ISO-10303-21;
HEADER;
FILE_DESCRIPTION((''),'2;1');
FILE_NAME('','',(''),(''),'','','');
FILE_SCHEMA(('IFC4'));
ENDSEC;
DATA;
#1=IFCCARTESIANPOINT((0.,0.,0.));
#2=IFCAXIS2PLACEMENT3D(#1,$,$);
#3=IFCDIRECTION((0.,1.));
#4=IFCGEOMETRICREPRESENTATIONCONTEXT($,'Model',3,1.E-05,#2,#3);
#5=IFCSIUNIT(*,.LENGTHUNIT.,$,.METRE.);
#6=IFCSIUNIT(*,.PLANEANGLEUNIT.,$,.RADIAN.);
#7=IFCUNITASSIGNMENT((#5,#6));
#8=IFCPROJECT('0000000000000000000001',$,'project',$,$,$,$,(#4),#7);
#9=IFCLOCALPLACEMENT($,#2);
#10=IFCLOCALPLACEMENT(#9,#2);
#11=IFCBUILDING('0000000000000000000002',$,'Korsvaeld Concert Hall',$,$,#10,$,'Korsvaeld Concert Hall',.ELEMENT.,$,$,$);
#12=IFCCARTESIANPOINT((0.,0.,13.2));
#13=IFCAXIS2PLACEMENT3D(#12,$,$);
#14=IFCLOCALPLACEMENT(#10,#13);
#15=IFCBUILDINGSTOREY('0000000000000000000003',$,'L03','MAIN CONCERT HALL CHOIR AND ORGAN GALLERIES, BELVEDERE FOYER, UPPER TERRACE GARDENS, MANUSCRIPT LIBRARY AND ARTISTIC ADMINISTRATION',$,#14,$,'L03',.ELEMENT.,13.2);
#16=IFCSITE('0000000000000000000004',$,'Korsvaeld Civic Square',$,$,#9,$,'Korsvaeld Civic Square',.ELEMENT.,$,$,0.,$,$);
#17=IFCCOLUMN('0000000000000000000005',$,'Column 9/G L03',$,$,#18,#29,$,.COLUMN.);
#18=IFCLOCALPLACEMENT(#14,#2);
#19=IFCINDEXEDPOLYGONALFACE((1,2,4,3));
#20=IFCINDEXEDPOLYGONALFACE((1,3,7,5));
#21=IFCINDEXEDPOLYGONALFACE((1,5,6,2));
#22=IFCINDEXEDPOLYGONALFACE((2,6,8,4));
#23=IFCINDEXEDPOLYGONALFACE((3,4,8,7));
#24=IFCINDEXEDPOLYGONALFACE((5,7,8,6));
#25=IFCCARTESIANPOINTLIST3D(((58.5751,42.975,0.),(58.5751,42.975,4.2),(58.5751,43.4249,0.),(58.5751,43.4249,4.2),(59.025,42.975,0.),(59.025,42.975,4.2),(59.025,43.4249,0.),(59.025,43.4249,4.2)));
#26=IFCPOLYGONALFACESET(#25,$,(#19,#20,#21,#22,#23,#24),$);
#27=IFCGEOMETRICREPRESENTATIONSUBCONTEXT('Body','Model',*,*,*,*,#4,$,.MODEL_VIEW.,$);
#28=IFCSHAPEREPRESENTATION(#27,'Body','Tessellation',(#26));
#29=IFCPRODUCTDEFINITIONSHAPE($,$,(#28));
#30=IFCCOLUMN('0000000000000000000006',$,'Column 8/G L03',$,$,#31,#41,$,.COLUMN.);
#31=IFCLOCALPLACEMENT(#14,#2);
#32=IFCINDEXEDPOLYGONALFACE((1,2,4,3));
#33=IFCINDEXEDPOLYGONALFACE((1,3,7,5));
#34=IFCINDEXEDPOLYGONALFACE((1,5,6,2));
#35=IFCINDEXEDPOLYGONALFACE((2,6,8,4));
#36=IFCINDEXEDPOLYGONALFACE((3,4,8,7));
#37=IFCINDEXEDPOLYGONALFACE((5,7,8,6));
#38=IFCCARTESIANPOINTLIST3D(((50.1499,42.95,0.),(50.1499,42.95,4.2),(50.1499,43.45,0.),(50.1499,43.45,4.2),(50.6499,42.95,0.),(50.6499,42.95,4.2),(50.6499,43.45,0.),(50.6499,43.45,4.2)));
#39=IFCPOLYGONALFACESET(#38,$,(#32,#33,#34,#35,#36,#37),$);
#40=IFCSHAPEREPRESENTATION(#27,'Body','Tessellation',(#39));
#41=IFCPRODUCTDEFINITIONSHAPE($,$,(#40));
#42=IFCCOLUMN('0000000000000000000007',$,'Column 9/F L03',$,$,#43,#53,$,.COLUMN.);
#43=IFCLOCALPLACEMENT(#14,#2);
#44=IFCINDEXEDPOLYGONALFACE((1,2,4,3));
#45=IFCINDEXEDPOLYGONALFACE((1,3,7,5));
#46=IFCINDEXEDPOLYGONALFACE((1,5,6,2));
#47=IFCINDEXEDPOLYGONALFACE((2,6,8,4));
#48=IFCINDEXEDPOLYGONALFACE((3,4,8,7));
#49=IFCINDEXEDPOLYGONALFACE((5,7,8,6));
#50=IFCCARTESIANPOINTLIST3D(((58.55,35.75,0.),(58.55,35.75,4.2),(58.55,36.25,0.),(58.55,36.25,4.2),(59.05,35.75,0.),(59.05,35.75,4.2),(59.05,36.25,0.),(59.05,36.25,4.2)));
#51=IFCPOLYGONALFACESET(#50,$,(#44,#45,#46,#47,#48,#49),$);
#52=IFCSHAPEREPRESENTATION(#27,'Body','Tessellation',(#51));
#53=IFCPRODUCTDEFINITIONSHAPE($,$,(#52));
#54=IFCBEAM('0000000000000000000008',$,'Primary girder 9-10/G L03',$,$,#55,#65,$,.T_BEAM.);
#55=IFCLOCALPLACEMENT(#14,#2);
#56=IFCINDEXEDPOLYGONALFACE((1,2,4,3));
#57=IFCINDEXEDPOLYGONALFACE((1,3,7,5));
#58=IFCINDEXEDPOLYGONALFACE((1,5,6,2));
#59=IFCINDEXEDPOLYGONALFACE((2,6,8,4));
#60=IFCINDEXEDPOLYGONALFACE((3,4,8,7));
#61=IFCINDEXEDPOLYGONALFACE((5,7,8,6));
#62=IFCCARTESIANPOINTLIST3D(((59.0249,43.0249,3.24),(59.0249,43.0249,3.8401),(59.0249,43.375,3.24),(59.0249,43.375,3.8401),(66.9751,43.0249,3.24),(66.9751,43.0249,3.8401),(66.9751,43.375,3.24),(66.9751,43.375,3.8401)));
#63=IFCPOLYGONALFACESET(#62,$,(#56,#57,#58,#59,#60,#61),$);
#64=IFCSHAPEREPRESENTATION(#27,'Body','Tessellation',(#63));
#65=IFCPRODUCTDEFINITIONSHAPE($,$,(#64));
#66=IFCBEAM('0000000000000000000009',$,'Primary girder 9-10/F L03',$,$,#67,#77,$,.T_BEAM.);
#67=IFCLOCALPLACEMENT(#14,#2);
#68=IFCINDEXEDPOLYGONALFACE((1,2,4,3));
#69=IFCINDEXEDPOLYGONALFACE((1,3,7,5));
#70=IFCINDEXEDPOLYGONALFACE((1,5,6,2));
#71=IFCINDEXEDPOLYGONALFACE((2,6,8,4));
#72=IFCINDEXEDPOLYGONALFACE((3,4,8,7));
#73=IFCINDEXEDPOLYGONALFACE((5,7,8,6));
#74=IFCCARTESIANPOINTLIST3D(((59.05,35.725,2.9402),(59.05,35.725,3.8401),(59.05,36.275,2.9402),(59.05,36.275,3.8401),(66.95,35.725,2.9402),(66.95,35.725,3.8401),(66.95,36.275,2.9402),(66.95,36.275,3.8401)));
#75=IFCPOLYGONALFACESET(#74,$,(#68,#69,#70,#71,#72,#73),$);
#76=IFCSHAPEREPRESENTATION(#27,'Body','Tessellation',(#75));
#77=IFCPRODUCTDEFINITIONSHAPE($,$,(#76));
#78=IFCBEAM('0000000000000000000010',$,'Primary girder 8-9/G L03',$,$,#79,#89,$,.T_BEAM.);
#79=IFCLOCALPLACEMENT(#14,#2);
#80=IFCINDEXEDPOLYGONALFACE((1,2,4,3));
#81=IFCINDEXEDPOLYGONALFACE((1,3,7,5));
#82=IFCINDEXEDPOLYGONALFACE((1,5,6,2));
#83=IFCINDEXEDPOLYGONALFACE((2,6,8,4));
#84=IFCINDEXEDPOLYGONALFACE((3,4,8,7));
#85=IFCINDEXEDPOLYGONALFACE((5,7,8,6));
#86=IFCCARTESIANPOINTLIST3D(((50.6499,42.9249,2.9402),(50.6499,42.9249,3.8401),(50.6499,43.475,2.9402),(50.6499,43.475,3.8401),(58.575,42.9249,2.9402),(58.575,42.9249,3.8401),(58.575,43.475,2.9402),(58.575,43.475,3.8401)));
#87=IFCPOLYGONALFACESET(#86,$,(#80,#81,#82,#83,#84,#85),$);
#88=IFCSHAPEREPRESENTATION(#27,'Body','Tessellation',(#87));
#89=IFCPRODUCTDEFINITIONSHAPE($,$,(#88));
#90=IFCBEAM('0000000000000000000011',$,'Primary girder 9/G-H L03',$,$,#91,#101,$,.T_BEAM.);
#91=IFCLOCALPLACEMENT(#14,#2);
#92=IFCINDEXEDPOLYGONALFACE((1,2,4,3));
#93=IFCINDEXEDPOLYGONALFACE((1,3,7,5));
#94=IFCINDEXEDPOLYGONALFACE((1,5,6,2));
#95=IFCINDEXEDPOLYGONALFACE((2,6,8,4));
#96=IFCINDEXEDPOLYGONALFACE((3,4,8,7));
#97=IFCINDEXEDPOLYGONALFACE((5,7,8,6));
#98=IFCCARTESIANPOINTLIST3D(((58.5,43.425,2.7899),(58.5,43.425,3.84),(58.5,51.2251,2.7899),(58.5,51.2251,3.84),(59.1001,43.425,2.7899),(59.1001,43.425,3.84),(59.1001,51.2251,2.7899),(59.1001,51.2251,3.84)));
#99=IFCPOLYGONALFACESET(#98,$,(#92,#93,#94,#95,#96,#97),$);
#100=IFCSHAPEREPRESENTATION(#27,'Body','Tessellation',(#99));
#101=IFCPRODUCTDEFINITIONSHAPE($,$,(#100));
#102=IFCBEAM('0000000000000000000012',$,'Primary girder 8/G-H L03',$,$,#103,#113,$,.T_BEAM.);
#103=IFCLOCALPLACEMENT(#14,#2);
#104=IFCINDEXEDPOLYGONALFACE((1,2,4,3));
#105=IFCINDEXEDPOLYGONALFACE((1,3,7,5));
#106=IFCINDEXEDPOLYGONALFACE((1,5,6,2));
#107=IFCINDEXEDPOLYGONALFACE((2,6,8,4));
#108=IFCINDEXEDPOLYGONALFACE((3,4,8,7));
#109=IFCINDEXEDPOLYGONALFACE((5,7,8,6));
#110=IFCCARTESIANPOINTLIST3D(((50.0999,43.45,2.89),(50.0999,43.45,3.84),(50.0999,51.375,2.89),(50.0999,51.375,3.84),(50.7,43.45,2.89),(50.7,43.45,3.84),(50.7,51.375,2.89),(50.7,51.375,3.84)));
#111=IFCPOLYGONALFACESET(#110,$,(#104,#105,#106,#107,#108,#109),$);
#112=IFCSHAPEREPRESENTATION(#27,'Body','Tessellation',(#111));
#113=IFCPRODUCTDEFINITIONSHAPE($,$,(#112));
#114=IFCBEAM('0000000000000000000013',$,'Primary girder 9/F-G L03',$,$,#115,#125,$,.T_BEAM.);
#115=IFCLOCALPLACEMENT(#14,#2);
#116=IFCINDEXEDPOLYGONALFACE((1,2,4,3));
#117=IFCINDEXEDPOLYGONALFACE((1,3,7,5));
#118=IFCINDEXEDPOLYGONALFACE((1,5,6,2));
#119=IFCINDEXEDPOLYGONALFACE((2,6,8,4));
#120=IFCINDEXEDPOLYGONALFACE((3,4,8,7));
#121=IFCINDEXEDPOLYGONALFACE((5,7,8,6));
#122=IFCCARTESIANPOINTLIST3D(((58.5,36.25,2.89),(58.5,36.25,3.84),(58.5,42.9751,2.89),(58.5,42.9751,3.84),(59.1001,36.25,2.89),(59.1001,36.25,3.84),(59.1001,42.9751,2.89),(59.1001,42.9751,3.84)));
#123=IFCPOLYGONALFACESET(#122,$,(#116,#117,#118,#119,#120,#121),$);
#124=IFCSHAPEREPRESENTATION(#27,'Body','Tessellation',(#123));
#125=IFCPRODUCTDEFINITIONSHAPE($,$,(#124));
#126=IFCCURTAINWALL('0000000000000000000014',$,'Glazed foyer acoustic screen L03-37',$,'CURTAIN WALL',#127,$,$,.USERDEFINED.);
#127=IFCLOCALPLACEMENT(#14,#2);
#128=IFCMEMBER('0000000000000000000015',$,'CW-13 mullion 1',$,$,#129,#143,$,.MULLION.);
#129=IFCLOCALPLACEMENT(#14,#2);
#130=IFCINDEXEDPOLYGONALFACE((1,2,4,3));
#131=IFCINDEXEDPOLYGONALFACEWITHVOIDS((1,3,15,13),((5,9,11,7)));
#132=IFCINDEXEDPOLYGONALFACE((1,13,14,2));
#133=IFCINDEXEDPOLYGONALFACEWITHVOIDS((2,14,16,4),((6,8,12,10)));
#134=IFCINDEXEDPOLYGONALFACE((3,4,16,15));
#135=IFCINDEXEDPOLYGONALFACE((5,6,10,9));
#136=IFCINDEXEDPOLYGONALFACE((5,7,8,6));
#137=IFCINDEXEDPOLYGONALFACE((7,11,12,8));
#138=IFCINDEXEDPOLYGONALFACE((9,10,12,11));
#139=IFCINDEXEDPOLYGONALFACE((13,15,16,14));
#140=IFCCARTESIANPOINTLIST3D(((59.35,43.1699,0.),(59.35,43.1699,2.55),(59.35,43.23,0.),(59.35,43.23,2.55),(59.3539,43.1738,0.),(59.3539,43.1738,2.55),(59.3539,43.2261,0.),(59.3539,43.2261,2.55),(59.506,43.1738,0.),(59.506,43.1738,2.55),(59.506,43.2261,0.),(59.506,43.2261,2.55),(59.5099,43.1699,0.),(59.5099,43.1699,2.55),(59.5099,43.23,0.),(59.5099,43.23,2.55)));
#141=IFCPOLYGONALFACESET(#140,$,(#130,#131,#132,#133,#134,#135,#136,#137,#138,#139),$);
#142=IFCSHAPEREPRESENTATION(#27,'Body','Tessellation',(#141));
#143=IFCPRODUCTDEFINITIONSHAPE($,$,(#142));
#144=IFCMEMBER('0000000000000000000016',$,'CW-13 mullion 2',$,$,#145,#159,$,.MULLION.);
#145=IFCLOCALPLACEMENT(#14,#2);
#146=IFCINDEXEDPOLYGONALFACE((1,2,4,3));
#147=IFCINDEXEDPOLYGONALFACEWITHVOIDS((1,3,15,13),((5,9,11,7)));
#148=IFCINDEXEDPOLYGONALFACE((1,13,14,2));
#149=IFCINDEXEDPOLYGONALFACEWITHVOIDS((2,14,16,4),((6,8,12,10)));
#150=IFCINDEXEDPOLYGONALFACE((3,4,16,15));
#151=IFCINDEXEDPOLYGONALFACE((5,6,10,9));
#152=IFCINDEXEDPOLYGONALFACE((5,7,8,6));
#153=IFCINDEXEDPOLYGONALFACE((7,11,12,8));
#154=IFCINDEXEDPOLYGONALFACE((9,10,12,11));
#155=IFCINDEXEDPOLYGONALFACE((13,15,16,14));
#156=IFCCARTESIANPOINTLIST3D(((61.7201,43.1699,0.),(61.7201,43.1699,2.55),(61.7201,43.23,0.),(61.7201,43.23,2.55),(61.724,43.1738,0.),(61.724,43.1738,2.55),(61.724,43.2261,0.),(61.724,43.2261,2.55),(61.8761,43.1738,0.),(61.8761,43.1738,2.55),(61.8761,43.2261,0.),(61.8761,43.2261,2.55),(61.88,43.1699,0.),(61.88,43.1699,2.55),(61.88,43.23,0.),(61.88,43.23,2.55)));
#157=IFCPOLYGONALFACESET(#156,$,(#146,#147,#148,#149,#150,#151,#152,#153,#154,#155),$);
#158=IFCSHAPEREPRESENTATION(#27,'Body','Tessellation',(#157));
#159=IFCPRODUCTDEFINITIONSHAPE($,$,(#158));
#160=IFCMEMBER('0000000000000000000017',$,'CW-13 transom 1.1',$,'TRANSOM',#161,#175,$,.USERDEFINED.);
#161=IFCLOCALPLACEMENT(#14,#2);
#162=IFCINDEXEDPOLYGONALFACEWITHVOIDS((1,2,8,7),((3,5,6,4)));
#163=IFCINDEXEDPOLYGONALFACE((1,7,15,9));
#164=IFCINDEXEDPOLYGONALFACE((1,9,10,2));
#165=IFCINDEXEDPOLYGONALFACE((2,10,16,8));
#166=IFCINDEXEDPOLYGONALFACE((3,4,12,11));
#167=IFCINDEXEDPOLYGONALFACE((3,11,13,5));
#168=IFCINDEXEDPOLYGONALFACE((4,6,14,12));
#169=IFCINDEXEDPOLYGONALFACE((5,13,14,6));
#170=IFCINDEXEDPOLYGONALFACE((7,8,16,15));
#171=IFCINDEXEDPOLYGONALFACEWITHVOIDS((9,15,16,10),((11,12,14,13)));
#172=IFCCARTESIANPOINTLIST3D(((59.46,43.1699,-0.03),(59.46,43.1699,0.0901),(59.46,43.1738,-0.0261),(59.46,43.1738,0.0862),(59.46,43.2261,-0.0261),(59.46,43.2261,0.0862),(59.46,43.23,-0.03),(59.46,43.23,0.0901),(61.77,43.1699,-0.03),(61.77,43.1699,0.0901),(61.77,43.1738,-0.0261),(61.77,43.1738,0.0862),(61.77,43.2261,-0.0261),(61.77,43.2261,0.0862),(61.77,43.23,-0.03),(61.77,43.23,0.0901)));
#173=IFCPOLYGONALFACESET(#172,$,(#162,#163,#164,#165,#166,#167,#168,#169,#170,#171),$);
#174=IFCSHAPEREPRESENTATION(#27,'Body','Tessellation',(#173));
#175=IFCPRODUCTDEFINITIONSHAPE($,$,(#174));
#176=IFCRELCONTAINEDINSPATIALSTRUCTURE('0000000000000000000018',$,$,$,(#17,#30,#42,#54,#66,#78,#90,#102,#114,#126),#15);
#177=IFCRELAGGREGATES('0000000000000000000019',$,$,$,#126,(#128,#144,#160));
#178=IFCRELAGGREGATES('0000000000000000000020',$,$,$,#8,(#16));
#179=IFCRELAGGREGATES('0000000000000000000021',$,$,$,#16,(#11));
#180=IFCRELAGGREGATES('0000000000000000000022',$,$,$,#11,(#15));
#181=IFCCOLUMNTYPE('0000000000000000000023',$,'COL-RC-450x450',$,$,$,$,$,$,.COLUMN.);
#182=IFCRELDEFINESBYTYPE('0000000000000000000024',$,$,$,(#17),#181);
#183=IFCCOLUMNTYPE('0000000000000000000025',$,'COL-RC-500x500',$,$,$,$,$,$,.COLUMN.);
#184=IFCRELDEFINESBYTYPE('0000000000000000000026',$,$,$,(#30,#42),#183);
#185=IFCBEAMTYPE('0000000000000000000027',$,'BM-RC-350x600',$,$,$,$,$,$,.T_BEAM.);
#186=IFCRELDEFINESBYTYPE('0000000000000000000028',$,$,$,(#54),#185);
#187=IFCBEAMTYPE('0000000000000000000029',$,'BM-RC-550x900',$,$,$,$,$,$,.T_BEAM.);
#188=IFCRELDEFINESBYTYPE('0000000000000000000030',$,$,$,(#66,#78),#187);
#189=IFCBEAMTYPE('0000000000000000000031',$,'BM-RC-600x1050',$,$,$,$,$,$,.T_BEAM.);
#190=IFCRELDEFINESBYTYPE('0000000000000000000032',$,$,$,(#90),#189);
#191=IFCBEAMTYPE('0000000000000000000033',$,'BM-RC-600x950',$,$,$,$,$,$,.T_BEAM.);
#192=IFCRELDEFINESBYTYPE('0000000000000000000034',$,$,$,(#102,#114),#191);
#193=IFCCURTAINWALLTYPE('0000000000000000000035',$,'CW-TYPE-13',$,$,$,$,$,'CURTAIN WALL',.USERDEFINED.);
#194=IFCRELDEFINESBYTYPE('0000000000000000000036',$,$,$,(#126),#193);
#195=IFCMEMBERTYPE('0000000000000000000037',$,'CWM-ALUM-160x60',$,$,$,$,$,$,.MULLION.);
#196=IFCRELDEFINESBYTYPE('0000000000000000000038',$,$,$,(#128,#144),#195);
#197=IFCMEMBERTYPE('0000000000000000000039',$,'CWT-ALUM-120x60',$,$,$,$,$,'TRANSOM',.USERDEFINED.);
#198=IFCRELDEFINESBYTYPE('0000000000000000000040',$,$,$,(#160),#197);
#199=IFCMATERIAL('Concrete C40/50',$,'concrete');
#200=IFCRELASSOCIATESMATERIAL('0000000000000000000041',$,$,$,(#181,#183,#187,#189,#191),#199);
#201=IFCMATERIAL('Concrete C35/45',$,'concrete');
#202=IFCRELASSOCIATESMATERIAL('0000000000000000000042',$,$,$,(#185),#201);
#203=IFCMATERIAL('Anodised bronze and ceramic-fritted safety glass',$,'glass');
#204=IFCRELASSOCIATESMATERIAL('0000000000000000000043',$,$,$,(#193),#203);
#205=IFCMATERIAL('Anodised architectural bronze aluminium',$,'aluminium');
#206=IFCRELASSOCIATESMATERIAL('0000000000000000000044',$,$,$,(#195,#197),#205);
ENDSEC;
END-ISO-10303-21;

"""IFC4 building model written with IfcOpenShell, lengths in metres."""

from ifc_helpers import new_model, si_unit, direction, frame, origin, origin_2d, place, context, subcontext, project, spatial, rectangle, hollow_rectangle, extrude, material, material_profile, profile_set, type_object, element, aggregate, save


model = new_model("IFC4")

# Units and contexts
model_context = context("Model", 3, precision=1e-05, world=origin(), true_north=direction((0.0, 1.0)))
body_context = subcontext(model_context, "Body", "Model", "MODEL_VIEW")
ifc_project = project(units=[si_unit("LENGTHUNIT", "METRE"), si_unit("PLANEANGLEUNIT", "RADIAN")], contexts=[model_context])

# Site, building, storey
site_placement = place(None, origin())
site = spatial("IfcSite", under=ifc_project, at=site_placement, Name="Korsvaeld Civic Square", LongName="Korsvaeld Civic Square", CompositionType="ELEMENT", RefElevation=0.0)
building_placement = place(site_placement, origin())
building = spatial("IfcBuilding", under=site, at=building_placement, Name="Korsvaeld Concert Hall", LongName="Korsvaeld Concert Hall", CompositionType="ELEMENT")
storey_placement = place(building_placement, frame((0.0, 0.0, 13.2)))
storey = spatial("IfcBuildingStorey", under=building, at=storey_placement, Name="L03", Description="MAIN CONCERT HALL CHOIR AND ORGAN GALLERIES, BELVEDERE FOYER, UPPER TERRACE GARDENS, MANUSCRIPT LIBRARY AND ARTISTIC ADMINISTRATION", LongName="L03", CompositionType="ELEMENT", Elevation=13.2)

# Columns
ifc_material_1 = material(Name="Concrete C40/50", Category="concrete")
ifc_material_profile_1 = material_profile(ifc_material_1, rectangle(XDim=0.45, YDim=0.45, at=origin_2d()), Name="RC 450x450")
ifc_profile_set_1 = profile_set([ifc_material_profile_1], Name="Concrete C40/50")
column_type_1 = type_object("IfcColumnType", Name="COL-RC-450x450", PredefinedType="COLUMN", material=ifc_profile_set_1)
column_placement = place(storey_placement, frame((58.8, 43.2, 0.0), z_axis=(0.0, 0.0, 1.0), x_axis=(1.0, 0.0, 0.0)))
element("IfcColumn", 1, at=column_placement, inside=storey, type_object=column_type_1, Name="Column 9/G L03", PredefinedType="COLUMN", context=body_context, shape_type="SweptSolid", body=[
    extrude(rectangle(XDim=0.45, YDim=0.45, at=origin_2d()), origin(), (0.0, 0.0, 1.0), 4.2),
])
ifc_material_profile_2 = material_profile(ifc_material_1, rectangle(XDim=0.5, YDim=0.5, at=origin_2d()), Name="RC 500x500")
ifc_profile_set_2 = profile_set([ifc_material_profile_2], Name="Concrete C40/50")
column_type_2 = type_object("IfcColumnType", Name="COL-RC-500x500", PredefinedType="COLUMN", material=ifc_profile_set_2)
for number, where, z_axis, x_axis, name in (
    (2, (50.3999, 43.2, 0.0), (0.0, 0.0, 1.0), (1.0, 0.0, 0.0), "Column 8/G L03"),
    (3, (58.8, 36.0, 0.0), (0.0, 0.0, 1.0), (1.0, 0.0, 0.0), "Column 9/F L03"),
):
    element("IfcColumn", number, at=place(storey_placement, frame(where, z_axis=z_axis, x_axis=x_axis)), inside=storey, type_object=column_type_2, Name=name, PredefinedType="COLUMN", context=body_context, shape_type="SweptSolid", body=[
        extrude(rectangle(XDim=0.5, YDim=0.5, at=origin_2d()), origin(), (0.0, 0.0, 1.0), 4.2),
    ])

# Beams
ifc_material_2 = material(Name="Concrete C35/45", Category="concrete")
ifc_material_profile_3 = material_profile(ifc_material_2, rectangle(XDim=0.3501, YDim=0.6001, at=origin_2d()), Name="RC 350x600")
ifc_profile_set_3 = profile_set([ifc_material_profile_3], Name="Concrete C35/45")
beam_type_1 = type_object("IfcBeamType", Name="BM-RC-350x600", PredefinedType="T_BEAM", material=ifc_profile_set_3)
beam_1_placement = place(storey_placement, frame((59.0249, 43.2, 3.54), z_axis=(1.0, 0.0, 0.0), x_axis=(0.0, 1.0, 0.0)))
element("IfcBeam", 4, at=beam_1_placement, inside=storey, type_object=beam_type_1, Name="Primary girder 9-10/G L03", PredefinedType="T_BEAM", context=body_context, shape_type="SweptSolid", body=[
    extrude(rectangle(XDim=0.3501, YDim=0.6001, at=origin_2d()), origin(), (0.0, 0.0, 1.0), 7.9502),
])
ifc_material_profile_4 = material_profile(ifc_material_1, rectangle(XDim=0.55, YDim=0.8999, at=origin_2d()), Name="RC 550x900")
ifc_profile_set_4 = profile_set([ifc_material_profile_4], Name="Concrete C40/50")
beam_type_2 = type_object("IfcBeamType", Name="BM-RC-550x900", PredefinedType="T_BEAM", material=ifc_profile_set_4)
beam_2_placement = place(storey_placement, frame((59.05, 36.0, 3.3901), z_axis=(1.0, 0.0, 0.0), x_axis=(0.0, 1.0, 0.0)))
element("IfcBeam", 5, at=beam_2_placement, inside=storey, type_object=beam_type_2, Name="Primary girder 9-10/F L03", PredefinedType="T_BEAM", context=body_context, shape_type="SweptSolid", body=[
    extrude(rectangle(XDim=0.55, YDim=0.8999, at=origin_2d()), origin(), (0.0, 0.0, 1.0), 7.8999),
])
beam_3_placement = place(storey_placement, frame((50.6499, 43.2, 3.3901), z_axis=(1.0, 0.0, 0.0), x_axis=(0.0, 1.0, 0.0)))
element("IfcBeam", 6, at=beam_3_placement, inside=storey, type_object=beam_type_2, Name="Primary girder 8-9/G L03", PredefinedType="T_BEAM", context=body_context, shape_type="SweptSolid", body=[
    extrude(rectangle(XDim=0.55, YDim=0.8999, at=origin_2d()), origin(), (0.0, 0.0, 1.0), 7.925),
])
ifc_material_profile_5 = material_profile(ifc_material_1, rectangle(XDim=0.6001, YDim=1.05, at=origin_2d()), Name="RC 600x1050")
ifc_profile_set_5 = profile_set([ifc_material_profile_5], Name="Concrete C40/50")
beam_type_3 = type_object("IfcBeamType", Name="BM-RC-600x1050", PredefinedType="T_BEAM", material=ifc_profile_set_5)
beam_4_placement = place(storey_placement, frame((58.8, 43.425, 3.3149), z_axis=(0.0, 1.0, 0.0), x_axis=(-1.0, 0.0, 0.0)))
element("IfcBeam", 7, at=beam_4_placement, inside=storey, type_object=beam_type_3, Name="Primary girder 9/G-H L03", PredefinedType="T_BEAM", context=body_context, shape_type="SweptSolid", body=[
    extrude(rectangle(XDim=0.6001, YDim=1.05, at=origin_2d()), origin(), (0.0, 0.0, 1.0), 7.8),
])
ifc_material_profile_6 = material_profile(ifc_material_1, rectangle(XDim=0.6001, YDim=0.95, at=origin_2d()), Name="RC 600x950")
ifc_profile_set_6 = profile_set([ifc_material_profile_6], Name="Concrete C40/50")
beam_type_4 = type_object("IfcBeamType", Name="BM-RC-600x950", PredefinedType="T_BEAM", material=ifc_profile_set_6)
beam_5_placement = place(storey_placement, frame((50.3999, 43.45, 3.365), z_axis=(0.0, 1.0, 0.0), x_axis=(-1.0, 0.0, 0.0)))
element("IfcBeam", 8, at=beam_5_placement, inside=storey, type_object=beam_type_4, Name="Primary girder 8/G-H L03", PredefinedType="T_BEAM", context=body_context, shape_type="SweptSolid", body=[
    extrude(rectangle(XDim=0.6001, YDim=0.95, at=origin_2d()), origin(), (0.0, 0.0, 1.0), 7.925),
])
beam_6_placement = place(storey_placement, frame((58.8, 36.25, 3.365), z_axis=(0.0, 1.0, 0.0), x_axis=(-1.0, 0.0, 0.0)))
element("IfcBeam", 9, at=beam_6_placement, inside=storey, type_object=beam_type_4, Name="Primary girder 9/F-G L03", PredefinedType="T_BEAM", context=body_context, shape_type="SweptSolid", body=[
    extrude(rectangle(XDim=0.6001, YDim=0.95, at=origin_2d()), origin(), (0.0, 0.0, 1.0), 6.7251),
])

# Curtain wall, members
ifc_material_3 = material(Name="Anodised bronze and ceramic-fritted safety glass", Category="glass")
curtain_wall_type = type_object("IfcCurtainWallType", Name="CW-TYPE-13", ElementType="CURTAIN WALL", PredefinedType="USERDEFINED", material=ifc_material_3)
curtain_wall_placement = place(storey_placement, origin())
curtain_wall = element("IfcCurtainWall", 10, at=curtain_wall_placement, inside=storey, type_object=curtain_wall_type, Name="Glazed foyer acoustic screen L03-37", ObjectType="CURTAIN WALL", PredefinedType="USERDEFINED")
ifc_material_4 = material(Name="Anodised architectural bronze aluminium", Category="aluminium")
ifc_material_profile_7 = material_profile(ifc_material_4, hollow_rectangle(XDim=0.0601, YDim=0.1599, WallThickness=0.0039, at=origin_2d()), Name="CWM 160x60x4")
ifc_profile_set_7 = profile_set([ifc_material_profile_7], Name="Anodised architectural bronze aluminium")
member_type_1 = type_object("IfcMemberType", Name="CWM-ALUM-160x60", PredefinedType="MULLION", material=ifc_profile_set_7)
member_1_placement = place(storey_placement, frame((59.4299, 43.2, 0.0), z_axis=(0.0, 0.0, 1.0), x_axis=(0.0, 1.0, 0.0)))
member_1 = element("IfcMember", 11, at=member_1_placement, type_object=member_type_1, Name="CW-13 mullion 1", PredefinedType="MULLION", context=body_context, shape_type="SweptSolid", body=[
    extrude(hollow_rectangle(XDim=0.0601, YDim=0.1599, WallThickness=0.0039, at=origin_2d()), origin(), (0.0, 0.0, 1.0), 2.55),
])
member_2_placement = place(storey_placement, frame((61.8, 43.2, 0.0), z_axis=(0.0, 0.0, 1.0), x_axis=(0.0, 1.0, 0.0)))
member_2 = element("IfcMember", 12, at=member_2_placement, type_object=member_type_1, Name="CW-13 mullion 2", PredefinedType="MULLION", context=body_context, shape_type="SweptSolid", body=[
    extrude(hollow_rectangle(XDim=0.0601, YDim=0.1599, WallThickness=0.0039, at=origin_2d()), origin(), (0.0, 0.0, 1.0), 2.55),
])
ifc_material_profile_8 = material_profile(ifc_material_4, hollow_rectangle(XDim=0.0601, YDim=0.1201, WallThickness=0.0039, at=origin_2d()), Name="CWT 120x60x4")
ifc_profile_set_8 = profile_set([ifc_material_profile_8], Name="Anodised architectural bronze aluminium")
member_type_2 = type_object("IfcMemberType", Name="CWT-ALUM-120x60", ElementType="TRANSOM", PredefinedType="USERDEFINED", material=ifc_profile_set_8)
member_3_placement = place(storey_placement, frame((59.46, 43.2, 0.03), z_axis=(1.0, 0.0, 0.0), x_axis=(0.0, 1.0, 0.0)))
member_3 = element("IfcMember", 13, at=member_3_placement, type_object=member_type_2, Name="CW-13 transom 1.1", ObjectType="TRANSOM", PredefinedType="USERDEFINED", context=body_context, shape_type="SweptSolid", body=[
    extrude(hollow_rectangle(XDim=0.0601, YDim=0.1201, WallThickness=0.0039, at=origin_2d()), origin(), (0.0, 0.0, 1.0), 2.3101),
])
aggregate(curtain_wall, [member_1, member_2, member_3])

save(model, "model.ifc")
